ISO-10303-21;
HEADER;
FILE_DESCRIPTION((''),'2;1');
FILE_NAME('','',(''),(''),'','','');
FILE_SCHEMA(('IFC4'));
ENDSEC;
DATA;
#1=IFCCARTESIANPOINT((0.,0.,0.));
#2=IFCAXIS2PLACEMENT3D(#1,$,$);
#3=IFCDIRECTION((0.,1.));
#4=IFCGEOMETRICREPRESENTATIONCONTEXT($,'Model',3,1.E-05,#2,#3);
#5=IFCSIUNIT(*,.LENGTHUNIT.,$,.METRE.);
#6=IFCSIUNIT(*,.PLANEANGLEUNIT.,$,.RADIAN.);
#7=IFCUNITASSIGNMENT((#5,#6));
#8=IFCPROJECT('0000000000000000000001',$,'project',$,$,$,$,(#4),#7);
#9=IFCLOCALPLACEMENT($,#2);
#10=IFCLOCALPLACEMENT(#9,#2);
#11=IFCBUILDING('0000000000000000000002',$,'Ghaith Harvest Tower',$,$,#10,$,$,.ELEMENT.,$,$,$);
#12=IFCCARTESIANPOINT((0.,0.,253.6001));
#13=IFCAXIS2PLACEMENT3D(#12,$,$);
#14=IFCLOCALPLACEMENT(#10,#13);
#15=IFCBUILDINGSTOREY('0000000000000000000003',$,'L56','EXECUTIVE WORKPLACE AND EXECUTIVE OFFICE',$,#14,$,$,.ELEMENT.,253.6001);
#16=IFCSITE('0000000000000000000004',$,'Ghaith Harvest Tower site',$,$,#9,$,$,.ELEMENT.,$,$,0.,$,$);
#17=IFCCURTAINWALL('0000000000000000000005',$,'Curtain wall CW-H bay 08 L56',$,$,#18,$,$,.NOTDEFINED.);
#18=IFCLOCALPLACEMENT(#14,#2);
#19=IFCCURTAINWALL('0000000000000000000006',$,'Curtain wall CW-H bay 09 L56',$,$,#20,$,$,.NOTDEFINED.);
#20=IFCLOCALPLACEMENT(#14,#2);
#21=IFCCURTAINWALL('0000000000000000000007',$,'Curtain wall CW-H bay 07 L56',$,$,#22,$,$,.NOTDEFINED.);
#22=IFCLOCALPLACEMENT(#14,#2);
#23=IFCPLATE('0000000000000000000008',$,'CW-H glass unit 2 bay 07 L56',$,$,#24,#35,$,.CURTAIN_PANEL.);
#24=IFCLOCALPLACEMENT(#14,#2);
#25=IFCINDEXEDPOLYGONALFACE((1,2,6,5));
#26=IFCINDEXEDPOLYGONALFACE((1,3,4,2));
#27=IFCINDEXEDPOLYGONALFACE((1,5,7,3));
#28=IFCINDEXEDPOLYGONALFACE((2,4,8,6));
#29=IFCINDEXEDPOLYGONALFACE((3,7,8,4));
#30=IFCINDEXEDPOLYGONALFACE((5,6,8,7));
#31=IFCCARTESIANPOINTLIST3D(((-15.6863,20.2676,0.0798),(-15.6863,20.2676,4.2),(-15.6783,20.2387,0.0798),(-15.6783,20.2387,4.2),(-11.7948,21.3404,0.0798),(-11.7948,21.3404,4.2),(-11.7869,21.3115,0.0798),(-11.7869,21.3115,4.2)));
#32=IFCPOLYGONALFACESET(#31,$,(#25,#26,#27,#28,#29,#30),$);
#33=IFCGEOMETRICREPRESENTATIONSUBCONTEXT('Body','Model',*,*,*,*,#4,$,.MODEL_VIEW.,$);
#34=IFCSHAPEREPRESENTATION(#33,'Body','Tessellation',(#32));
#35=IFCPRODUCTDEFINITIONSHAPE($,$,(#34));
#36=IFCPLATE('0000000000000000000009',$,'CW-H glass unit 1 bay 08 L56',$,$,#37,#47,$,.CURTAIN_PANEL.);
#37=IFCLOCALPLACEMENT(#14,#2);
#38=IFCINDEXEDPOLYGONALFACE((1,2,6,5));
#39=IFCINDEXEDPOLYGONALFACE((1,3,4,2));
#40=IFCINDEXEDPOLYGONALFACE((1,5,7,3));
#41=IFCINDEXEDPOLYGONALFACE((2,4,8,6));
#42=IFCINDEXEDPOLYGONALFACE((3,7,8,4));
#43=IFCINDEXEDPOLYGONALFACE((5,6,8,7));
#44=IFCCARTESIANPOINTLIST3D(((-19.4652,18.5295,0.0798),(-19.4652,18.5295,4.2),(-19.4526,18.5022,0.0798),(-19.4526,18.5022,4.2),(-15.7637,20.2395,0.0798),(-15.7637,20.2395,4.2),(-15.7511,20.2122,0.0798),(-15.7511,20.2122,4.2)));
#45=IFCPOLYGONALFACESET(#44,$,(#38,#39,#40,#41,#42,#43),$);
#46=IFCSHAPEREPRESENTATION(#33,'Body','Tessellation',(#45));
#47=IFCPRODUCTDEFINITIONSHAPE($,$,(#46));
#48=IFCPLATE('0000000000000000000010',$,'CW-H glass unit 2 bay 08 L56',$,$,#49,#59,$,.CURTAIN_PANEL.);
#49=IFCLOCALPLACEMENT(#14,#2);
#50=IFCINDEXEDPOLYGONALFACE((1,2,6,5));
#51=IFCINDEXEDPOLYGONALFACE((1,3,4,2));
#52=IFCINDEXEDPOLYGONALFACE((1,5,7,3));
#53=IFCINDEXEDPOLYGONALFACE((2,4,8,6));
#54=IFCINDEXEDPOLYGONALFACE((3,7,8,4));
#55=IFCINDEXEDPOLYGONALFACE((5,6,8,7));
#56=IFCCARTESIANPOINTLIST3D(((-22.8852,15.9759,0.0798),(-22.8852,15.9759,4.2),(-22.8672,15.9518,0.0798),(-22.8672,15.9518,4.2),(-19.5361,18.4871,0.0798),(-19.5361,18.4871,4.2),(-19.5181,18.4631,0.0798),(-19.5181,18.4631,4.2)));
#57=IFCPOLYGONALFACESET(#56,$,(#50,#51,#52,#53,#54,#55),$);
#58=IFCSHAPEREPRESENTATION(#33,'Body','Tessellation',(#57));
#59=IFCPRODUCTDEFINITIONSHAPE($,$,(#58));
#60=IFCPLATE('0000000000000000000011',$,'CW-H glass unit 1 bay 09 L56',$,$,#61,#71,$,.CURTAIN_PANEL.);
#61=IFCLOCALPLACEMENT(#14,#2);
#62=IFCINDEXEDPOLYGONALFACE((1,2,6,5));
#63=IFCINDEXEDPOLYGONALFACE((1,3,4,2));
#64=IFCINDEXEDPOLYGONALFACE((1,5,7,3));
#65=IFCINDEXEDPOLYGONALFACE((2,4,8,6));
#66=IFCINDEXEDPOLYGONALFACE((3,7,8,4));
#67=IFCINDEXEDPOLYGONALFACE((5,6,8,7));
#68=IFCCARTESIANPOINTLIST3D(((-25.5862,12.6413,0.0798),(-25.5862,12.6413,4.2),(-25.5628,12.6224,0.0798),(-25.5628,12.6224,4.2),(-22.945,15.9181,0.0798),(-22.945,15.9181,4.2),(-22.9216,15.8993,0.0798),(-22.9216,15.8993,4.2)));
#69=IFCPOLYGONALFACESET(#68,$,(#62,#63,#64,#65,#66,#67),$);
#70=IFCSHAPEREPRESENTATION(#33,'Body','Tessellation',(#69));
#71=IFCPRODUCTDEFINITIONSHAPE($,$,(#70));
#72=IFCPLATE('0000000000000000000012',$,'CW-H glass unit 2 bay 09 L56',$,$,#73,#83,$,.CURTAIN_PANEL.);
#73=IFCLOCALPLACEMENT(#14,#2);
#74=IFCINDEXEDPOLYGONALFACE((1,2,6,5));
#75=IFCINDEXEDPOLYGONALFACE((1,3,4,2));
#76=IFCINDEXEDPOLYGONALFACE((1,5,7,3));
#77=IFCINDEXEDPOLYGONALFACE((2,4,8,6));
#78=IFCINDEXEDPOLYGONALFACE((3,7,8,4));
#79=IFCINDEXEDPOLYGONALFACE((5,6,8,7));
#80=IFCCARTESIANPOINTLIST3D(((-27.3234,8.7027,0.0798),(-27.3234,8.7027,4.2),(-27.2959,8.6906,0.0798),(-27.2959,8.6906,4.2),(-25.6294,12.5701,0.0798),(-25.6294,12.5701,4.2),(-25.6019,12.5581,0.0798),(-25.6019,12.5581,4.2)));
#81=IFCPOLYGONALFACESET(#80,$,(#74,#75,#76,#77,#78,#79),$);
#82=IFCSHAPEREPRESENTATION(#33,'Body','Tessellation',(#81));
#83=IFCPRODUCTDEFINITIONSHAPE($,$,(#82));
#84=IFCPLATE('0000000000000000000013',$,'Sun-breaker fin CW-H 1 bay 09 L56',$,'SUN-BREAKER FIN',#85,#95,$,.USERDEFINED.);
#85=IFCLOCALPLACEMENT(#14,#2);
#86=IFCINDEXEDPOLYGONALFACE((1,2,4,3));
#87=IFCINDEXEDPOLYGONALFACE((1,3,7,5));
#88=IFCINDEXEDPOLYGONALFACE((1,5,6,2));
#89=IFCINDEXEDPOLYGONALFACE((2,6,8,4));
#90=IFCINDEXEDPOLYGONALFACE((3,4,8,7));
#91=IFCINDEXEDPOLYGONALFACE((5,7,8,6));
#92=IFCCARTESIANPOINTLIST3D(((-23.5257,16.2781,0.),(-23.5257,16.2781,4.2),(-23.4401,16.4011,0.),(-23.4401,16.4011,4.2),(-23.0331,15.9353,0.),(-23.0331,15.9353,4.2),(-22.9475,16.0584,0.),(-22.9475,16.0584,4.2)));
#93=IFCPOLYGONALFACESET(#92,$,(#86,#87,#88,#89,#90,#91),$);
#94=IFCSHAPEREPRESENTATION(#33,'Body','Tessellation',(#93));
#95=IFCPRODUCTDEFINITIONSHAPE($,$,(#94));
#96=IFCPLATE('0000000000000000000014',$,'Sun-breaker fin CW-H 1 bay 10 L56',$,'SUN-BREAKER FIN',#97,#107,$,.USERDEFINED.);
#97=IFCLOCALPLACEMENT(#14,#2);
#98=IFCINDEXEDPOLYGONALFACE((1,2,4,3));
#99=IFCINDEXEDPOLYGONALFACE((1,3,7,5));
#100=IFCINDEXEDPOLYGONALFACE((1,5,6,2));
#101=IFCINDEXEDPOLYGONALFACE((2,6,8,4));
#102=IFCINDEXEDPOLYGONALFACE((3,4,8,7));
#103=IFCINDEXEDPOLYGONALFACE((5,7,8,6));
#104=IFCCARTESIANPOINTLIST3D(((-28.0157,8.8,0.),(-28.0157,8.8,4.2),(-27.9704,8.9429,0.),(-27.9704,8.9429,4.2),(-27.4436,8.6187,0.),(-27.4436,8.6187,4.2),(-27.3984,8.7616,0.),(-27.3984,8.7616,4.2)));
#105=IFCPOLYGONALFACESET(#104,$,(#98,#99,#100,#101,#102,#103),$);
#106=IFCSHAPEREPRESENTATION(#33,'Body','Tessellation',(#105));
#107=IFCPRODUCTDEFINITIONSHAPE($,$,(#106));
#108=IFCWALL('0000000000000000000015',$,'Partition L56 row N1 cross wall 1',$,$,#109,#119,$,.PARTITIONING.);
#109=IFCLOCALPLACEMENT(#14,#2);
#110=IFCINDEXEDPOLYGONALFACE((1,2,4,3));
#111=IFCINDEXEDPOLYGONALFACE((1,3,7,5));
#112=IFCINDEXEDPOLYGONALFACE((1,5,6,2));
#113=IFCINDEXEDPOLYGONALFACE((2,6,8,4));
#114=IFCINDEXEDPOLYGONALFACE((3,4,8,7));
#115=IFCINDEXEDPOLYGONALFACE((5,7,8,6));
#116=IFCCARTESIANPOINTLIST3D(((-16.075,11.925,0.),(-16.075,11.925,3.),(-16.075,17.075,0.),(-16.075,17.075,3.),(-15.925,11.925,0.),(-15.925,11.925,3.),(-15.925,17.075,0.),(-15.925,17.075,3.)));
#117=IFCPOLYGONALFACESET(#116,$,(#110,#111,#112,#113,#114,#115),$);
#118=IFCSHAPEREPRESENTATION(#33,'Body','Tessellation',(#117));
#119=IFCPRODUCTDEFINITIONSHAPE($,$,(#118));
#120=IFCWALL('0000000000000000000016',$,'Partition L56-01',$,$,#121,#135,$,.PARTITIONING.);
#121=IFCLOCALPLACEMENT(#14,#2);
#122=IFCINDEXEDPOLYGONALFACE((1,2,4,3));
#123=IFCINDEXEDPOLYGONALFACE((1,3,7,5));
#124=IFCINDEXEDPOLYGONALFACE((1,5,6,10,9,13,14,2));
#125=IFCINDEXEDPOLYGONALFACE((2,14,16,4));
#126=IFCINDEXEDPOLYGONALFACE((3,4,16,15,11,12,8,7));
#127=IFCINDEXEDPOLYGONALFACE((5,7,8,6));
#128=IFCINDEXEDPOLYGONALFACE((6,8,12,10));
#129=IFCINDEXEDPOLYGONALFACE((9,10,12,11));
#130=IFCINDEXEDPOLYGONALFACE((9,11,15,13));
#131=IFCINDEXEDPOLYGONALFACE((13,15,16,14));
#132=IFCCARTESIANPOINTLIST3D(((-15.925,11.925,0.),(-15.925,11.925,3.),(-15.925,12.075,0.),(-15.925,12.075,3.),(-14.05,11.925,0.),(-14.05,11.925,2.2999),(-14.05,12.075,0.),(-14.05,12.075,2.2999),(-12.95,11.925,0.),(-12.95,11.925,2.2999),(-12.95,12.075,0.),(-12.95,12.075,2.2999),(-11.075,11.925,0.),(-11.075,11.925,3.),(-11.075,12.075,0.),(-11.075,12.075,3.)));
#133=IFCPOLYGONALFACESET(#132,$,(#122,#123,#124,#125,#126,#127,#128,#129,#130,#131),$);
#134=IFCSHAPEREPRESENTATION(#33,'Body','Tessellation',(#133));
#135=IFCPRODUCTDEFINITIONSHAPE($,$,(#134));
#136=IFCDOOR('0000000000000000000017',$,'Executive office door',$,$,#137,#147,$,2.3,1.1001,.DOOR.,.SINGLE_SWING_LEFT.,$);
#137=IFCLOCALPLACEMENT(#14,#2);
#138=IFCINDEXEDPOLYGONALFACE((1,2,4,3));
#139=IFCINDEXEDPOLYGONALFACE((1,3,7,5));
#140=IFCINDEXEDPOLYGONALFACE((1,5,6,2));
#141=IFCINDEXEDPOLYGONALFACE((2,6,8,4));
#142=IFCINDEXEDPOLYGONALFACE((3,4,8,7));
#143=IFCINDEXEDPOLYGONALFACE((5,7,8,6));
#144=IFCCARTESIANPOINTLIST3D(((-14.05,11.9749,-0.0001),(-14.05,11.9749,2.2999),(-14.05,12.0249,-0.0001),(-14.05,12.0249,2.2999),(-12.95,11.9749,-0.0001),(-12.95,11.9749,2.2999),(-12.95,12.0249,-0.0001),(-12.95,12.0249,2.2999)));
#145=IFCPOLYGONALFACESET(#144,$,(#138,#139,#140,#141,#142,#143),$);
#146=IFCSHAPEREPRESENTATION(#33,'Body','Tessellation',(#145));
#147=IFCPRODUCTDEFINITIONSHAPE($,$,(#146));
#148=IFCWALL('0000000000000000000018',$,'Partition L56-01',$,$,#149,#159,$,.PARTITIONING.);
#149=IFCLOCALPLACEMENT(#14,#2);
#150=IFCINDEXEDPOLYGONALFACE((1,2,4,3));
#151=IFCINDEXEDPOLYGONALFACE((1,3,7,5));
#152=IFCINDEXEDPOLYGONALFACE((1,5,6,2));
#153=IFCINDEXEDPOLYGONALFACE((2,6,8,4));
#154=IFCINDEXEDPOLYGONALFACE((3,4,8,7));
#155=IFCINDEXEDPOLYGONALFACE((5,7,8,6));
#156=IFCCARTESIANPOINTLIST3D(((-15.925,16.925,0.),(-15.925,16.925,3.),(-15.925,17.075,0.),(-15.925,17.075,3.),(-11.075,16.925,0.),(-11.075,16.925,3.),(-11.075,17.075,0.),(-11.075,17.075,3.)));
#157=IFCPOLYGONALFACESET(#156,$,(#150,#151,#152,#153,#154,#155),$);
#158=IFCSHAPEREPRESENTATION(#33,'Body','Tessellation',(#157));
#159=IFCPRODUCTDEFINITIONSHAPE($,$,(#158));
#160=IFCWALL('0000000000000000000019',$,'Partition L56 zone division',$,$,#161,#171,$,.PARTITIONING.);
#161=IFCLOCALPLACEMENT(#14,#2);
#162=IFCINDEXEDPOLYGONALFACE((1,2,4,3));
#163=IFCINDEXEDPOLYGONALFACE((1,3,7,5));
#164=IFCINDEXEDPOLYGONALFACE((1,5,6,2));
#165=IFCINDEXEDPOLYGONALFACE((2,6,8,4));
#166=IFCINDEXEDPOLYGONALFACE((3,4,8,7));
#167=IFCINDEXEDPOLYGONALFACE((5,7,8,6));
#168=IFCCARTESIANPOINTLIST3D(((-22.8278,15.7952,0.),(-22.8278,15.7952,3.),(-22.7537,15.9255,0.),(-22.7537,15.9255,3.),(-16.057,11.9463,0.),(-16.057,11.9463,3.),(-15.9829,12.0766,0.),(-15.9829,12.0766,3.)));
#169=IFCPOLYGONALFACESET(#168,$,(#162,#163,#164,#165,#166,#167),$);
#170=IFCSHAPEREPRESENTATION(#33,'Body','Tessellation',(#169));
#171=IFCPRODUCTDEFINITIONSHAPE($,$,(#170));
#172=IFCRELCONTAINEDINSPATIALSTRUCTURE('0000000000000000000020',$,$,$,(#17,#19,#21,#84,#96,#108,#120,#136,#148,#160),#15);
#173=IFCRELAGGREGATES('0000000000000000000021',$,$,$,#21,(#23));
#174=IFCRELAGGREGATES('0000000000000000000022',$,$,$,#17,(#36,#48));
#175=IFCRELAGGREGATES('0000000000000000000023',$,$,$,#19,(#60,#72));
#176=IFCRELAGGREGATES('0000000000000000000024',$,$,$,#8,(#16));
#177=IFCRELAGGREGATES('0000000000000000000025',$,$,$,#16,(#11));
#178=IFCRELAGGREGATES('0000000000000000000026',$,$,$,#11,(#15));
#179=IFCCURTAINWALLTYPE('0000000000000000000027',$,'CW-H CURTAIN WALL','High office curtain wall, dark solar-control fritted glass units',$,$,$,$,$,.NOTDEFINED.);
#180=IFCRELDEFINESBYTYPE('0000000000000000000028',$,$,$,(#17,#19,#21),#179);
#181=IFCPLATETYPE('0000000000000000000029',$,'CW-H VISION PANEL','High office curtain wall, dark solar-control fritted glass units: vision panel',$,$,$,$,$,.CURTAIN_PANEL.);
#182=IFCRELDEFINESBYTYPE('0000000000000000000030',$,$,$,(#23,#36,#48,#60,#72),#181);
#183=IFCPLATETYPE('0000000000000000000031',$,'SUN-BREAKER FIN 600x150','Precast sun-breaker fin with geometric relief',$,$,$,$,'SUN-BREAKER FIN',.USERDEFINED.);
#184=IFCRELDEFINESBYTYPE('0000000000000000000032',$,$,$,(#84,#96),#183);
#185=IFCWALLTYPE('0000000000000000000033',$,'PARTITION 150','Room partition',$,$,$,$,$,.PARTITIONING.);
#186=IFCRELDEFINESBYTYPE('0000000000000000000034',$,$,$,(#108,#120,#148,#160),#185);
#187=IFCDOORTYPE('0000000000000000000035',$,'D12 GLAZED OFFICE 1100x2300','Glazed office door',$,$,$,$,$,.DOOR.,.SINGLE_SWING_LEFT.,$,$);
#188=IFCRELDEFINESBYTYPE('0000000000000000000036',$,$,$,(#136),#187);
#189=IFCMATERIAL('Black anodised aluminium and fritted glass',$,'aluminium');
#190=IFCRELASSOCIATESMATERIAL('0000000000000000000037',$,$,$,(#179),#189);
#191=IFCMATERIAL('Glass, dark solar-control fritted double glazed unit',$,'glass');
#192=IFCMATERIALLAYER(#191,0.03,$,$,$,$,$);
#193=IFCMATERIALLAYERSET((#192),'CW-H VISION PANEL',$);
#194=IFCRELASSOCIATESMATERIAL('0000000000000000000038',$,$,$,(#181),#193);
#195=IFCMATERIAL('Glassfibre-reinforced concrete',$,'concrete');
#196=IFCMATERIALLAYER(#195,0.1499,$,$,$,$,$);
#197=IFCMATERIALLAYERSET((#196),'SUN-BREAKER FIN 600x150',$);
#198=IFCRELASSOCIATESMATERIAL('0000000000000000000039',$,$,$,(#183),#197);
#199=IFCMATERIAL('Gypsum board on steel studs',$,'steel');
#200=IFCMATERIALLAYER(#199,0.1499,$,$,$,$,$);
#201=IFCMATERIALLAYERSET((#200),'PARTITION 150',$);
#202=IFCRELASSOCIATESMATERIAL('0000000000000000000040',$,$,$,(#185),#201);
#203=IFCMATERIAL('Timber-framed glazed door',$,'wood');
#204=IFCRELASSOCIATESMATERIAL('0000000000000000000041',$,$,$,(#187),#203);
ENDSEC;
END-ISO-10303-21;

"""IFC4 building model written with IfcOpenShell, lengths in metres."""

from ifc_helpers import new_model, si_unit, direction, frame, frame_2d, origin, origin_2d, place, context, subcontext, project, spatial, rectangle, extrude, material, layer, layer_set, type_object, element, fill, aggregate, save


model = new_model("IFC4")

# Units and contexts
model_context = context("Model", 3, precision=1e-05, world=origin(), true_north=direction((0.0, 1.0)))
body_context = subcontext(model_context, "Body", "Model", "MODEL_VIEW")
ifc_project = project(units=[si_unit("LENGTHUNIT", "METRE"), si_unit("PLANEANGLEUNIT", "RADIAN")], contexts=[model_context])

# Site, building, storey
site_placement = place(None, origin())
site = spatial("IfcSite", under=ifc_project, at=site_placement, Name="Ghaith Harvest Tower site", CompositionType="ELEMENT", RefElevation=0.0)
building_placement = place(site_placement, origin())
building = spatial("IfcBuilding", under=site, at=building_placement, Name="Ghaith Harvest Tower", CompositionType="ELEMENT")
storey_placement = place(building_placement, frame((0.0, 0.0, 253.6001)))
storey = spatial("IfcBuildingStorey", under=building, at=storey_placement, Name="L56", Description="EXECUTIVE WORKPLACE AND EXECUTIVE OFFICE", CompositionType="ELEMENT", Elevation=253.6001)

# Curtain walls
ifc_material_1 = material(Name="Black anodised aluminium and fritted glass", Category="aluminium")
curtain_wall_type = type_object("IfcCurtainWallType", Name="CW-H CURTAIN WALL", Description="High office curtain wall, dark solar-control fritted glass units", PredefinedType="NOTDEFINED", material=ifc_material_1)
curtain_wall_1_placement = place(storey_placement, origin())
curtain_wall_1 = element("IfcCurtainWall", 1, at=curtain_wall_1_placement, inside=storey, type_object=curtain_wall_type, Name="Curtain wall CW-H bay 08 L56", PredefinedType="NOTDEFINED")
curtain_wall_2_placement = place(storey_placement, origin())
curtain_wall_2 = element("IfcCurtainWall", 2, at=curtain_wall_2_placement, inside=storey, type_object=curtain_wall_type, Name="Curtain wall CW-H bay 09 L56", PredefinedType="NOTDEFINED")

# Curtain wall, plate
curtain_wall_3_placement = place(storey_placement, origin())
curtain_wall_3 = element("IfcCurtainWall", 3, at=curtain_wall_3_placement, inside=storey, type_object=curtain_wall_type, Name="Curtain wall CW-H bay 07 L56", PredefinedType="NOTDEFINED")
ifc_material_2 = material(Name="Glass, dark solar-control fritted double glazed unit", Category="glass")
ifc_layer_1 = layer(ifc_material_2, 0.03)
ifc_layer_set_1 = layer_set([ifc_layer_1], Name="CW-H VISION PANEL")
plate_type_1 = type_object("IfcPlateType", Name="CW-H VISION PANEL", Description="High office curtain wall, dark solar-control fritted glass units: vision panel", PredefinedType="CURTAIN_PANEL", material=ifc_layer_set_1)
plate_1_placement = place(storey_placement, frame((-13.7366, 20.7896, 0.0798), z_axis=(0.0, 0.0, 1.0), x_axis=(-0.964034, -0.265779, 0.0)))
plate_1 = element("IfcPlate", 4, at=plate_1_placement, type_object=plate_type_1, Name="CW-H glass unit 2 bay 07 L56", PredefinedType="CURTAIN_PANEL", context=body_context, shape_type="SweptSolid", body=[
    extrude(rectangle(XDim=4.0366, YDim=0.03, at=origin_2d()), origin(), (0.0, 0.0, 1.0), 4.1201),
])
aggregate(curtain_wall_3, [plate_1])

# Plates
plate_2_placement = place(storey_placement, frame((-17.6082, 19.3708, 0.0798), z_axis=(0.0, 0.0, 1.0), x_axis=(-0.907814, -0.419372, 0.0)))
plate_2 = element("IfcPlate", 5, at=plate_2_placement, type_object=plate_type_1, Name="CW-H glass unit 1 bay 08 L56", PredefinedType="CURTAIN_PANEL", context=body_context, shape_type="SweptSolid", body=[
    extrude(rectangle(XDim=4.0774, YDim=0.03, at=origin_2d()), origin(), (0.0, 0.0, 1.0), 4.1201),
])
plate_3_placement = place(storey_placement, frame((-21.2017, 17.2195, 0.0798), z_axis=(0.0, 0.0, 1.0), x_axis=(-0.800067, -0.599911, 0.0)))
plate_3 = element("IfcPlate", 6, at=plate_3_placement, type_object=plate_type_1, Name="CW-H glass unit 2 bay 08 L56", PredefinedType="CURTAIN_PANEL", context=body_context, shape_type="SweptSolid", body=[
    extrude(rectangle(XDim=4.186, YDim=0.03, at=origin_2d()), origin(), (0.0, 0.0, 1.0), 4.1201),
])
aggregate(curtain_wall_1, [plate_2, plate_3])
plate_4_placement = place(storey_placement, frame((-24.2539, 14.2703, 0.0798), z_axis=(0.0, 0.0, 1.0), x_axis=(-0.627548, -0.778578, 0.0)))
plate_4 = element("IfcPlate", 7, at=plate_4_placement, type_object=plate_type_1, Name="CW-H glass unit 1 bay 09 L56", PredefinedType="CURTAIN_PANEL", context=body_context, shape_type="SweptSolid", body=[
    extrude(rectangle(XDim=4.2087, YDim=0.03, at=origin_2d()), origin(), (0.0, 0.0, 1.0), 4.1201),
])
plate_5_placement = place(storey_placement, frame((-26.4626, 10.6304, 0.0798), z_axis=(0.0, 0.0, 1.0), x_axis=(-0.401213, -0.915985, 0.0)))
plate_5 = element("IfcPlate", 8, at=plate_5_placement, type_object=plate_type_1, Name="CW-H glass unit 2 bay 09 L56", PredefinedType="CURTAIN_PANEL", context=body_context, shape_type="SweptSolid", body=[
    extrude(rectangle(XDim=4.2222, YDim=0.03, at=origin_2d()), origin(), (0.0, 0.0, 1.0), 4.1201),
])
aggregate(curtain_wall_2, [plate_4, plate_5])

# Plates
ifc_material_3 = material(Name="Glassfibre-reinforced concrete", Category="concrete")
ifc_layer_2 = layer(ifc_material_3, 0.1499)
ifc_layer_set_2 = layer_set([ifc_layer_2], Name="SUN-BREAKER FIN 600x150")
plate_type_2 = type_object("IfcPlateType", Name="SUN-BREAKER FIN 600x150", Description="Precast sun-breaker fin with geometric relief", ElementType="SUN-BREAKER FIN", PredefinedType="USERDEFINED", material=ifc_layer_set_2)
for number, where, z_axis, x_axis, name in (
    (9, (-23.2366, 16.1682, 0.0), (0.0, 0.0, 1.0), (-0.820845, 0.57115, 0.0), "Sun-breaker fin CW-H 1 bay 09 L56"),
    (10, (-27.707, 8.7808, 0.0), (0.0, 0.0, 1.0), (-0.953273, 0.30211, 0.0), "Sun-breaker fin CW-H 1 bay 10 L56"),
):
    element("IfcPlate", number, at=place(storey_placement, frame(where, z_axis=z_axis, x_axis=x_axis)), inside=storey, type_object=plate_type_2, Name=name, ObjectType="SUN-BREAKER FIN", PredefinedType="USERDEFINED", context=body_context, shape_type="SweptSolid", body=[
        extrude(rectangle(XDim=0.6001, YDim=0.1499, at=origin_2d()), origin(), (0.0, 0.0, 1.0), 4.2),
    ])

# Wall
ifc_material_4 = material(Name="Gypsum board on steel studs", Category="steel")
ifc_layer_3 = layer(ifc_material_4, 0.1499)
ifc_layer_set_3 = layer_set([ifc_layer_3], Name="PARTITION 150")
wall_type_1 = type_object("IfcWallType", Name="PARTITION 150", Description="Room partition", PredefinedType="PARTITIONING", material=ifc_layer_set_3)
wall_1_placement = place(storey_placement, frame((-16.0, 11.925, 0.0), z_axis=(0.0, 0.0, 1.0), x_axis=(0.0, 1.0, 0.0)))
element("IfcWall", 11, at=wall_1_placement, inside=storey, type_object=wall_type_1, Name="Partition L56 row N1 cross wall 1", PredefinedType="PARTITIONING", context=body_context, shape_type="SweptSolid", body=[
    extrude(rectangle(XDim=5.1499, YDim=0.1499, at=frame_2d((2.575, 0.0))), origin(), (0.0, 0.0, 1.0), 3.0),
])

# Wall, opening, door
wall_2_placement = place(storey_placement, frame((-15.925, 12.0, 0.0), z_axis=(0.0, 0.0, 1.0), x_axis=(1.0, 0.0, 0.0)))
wall_2 = element("IfcWall", 12, at=wall_2_placement, inside=storey, type_object=wall_type_1, Name="Partition L56-01", PredefinedType="PARTITIONING", context=body_context, shape_type="SweptSolid", body=[
    extrude(rectangle(XDim=4.8501, YDim=0.1499, at=frame_2d((2.425, 0.0))), origin(), (0.0, 0.0, 1.0), 3.0),
])
opening_1_placement = place(wall_2_placement, frame((1.875, 0.0, 0.0)))
opening_1 = element("IfcOpeningElement", 13, at=opening_1_placement, cuts=wall_2, PredefinedType="OPENING", context=body_context, shape_type="SweptSolid", body=[
    extrude(rectangle(XDim=1.1001, YDim=2.3, at=frame_2d((0.55, 1.1499))), frame((0.0, 0.085, 0.0), z_axis=(0.0, -1.0, 0.0), x_axis=(1.0, 0.0, 0.0)), (0.0, 0.0, 1.0), 0.1699),
])
ifc_material_5 = material(Name="Timber-framed glazed door", Category="wood")
door_type_1 = type_object("IfcDoorType", Name="D12 GLAZED OFFICE 1100x2300", Description="Glazed office door", OperationType="SINGLE_SWING_LEFT", PredefinedType="DOOR", material=ifc_material_5)
door_1_placement = place(opening_1_placement, origin())
door_1 = element("IfcDoor", 14, at=door_1_placement, inside=storey, type_object=door_type_1, Name="Executive office door", OperationType="SINGLE_SWING_LEFT", OverallHeight=2.3, OverallWidth=1.1001, PredefinedType="DOOR", context=body_context, shape_type="SweptSolid", body=[
    extrude(rectangle(XDim=1.1001, YDim=2.3, at=frame_2d((0.55, 1.1499))), frame((0.0, 0.0249, 0.0), z_axis=(0.0, -1.0, 0.0), x_axis=(1.0, 0.0, 0.0)), (0.0, 0.0, 1.0), 0.05),
])
fill(opening_1, door_1)

# Walls
wall_3_placement = place(storey_placement, frame((-15.925, 17.0, 0.0), z_axis=(0.0, 0.0, 1.0), x_axis=(1.0, 0.0, 0.0)))
element("IfcWall", 15, at=wall_3_placement, inside=storey, type_object=wall_type_1, Name="Partition L56-01", PredefinedType="PARTITIONING", context=body_context, shape_type="SweptSolid", body=[
    extrude(rectangle(XDim=4.8501, YDim=0.1499, at=frame_2d((2.425, 0.0))), origin(), (0.0, 0.0, 1.0), 3.0),
])
wall_4_placement = place(storey_placement, frame((-16.02, 12.0115, 0.0), z_axis=(0.0, 0.0, 1.0), x_axis=(-0.869354, 0.49419, 0.0)))
element("IfcWall", 16, at=wall_4_placement, inside=storey, type_object=wall_type_1, Name="Partition L56 zone division", PredefinedType="PARTITIONING", context=body_context, shape_type="SweptSolid", body=[
    extrude(rectangle(XDim=7.7883, YDim=0.1499, at=frame_2d((3.894, 0.0))), origin(), (0.0, 0.0, 1.0), 3.0),
])

save(model, "model.ifc")
